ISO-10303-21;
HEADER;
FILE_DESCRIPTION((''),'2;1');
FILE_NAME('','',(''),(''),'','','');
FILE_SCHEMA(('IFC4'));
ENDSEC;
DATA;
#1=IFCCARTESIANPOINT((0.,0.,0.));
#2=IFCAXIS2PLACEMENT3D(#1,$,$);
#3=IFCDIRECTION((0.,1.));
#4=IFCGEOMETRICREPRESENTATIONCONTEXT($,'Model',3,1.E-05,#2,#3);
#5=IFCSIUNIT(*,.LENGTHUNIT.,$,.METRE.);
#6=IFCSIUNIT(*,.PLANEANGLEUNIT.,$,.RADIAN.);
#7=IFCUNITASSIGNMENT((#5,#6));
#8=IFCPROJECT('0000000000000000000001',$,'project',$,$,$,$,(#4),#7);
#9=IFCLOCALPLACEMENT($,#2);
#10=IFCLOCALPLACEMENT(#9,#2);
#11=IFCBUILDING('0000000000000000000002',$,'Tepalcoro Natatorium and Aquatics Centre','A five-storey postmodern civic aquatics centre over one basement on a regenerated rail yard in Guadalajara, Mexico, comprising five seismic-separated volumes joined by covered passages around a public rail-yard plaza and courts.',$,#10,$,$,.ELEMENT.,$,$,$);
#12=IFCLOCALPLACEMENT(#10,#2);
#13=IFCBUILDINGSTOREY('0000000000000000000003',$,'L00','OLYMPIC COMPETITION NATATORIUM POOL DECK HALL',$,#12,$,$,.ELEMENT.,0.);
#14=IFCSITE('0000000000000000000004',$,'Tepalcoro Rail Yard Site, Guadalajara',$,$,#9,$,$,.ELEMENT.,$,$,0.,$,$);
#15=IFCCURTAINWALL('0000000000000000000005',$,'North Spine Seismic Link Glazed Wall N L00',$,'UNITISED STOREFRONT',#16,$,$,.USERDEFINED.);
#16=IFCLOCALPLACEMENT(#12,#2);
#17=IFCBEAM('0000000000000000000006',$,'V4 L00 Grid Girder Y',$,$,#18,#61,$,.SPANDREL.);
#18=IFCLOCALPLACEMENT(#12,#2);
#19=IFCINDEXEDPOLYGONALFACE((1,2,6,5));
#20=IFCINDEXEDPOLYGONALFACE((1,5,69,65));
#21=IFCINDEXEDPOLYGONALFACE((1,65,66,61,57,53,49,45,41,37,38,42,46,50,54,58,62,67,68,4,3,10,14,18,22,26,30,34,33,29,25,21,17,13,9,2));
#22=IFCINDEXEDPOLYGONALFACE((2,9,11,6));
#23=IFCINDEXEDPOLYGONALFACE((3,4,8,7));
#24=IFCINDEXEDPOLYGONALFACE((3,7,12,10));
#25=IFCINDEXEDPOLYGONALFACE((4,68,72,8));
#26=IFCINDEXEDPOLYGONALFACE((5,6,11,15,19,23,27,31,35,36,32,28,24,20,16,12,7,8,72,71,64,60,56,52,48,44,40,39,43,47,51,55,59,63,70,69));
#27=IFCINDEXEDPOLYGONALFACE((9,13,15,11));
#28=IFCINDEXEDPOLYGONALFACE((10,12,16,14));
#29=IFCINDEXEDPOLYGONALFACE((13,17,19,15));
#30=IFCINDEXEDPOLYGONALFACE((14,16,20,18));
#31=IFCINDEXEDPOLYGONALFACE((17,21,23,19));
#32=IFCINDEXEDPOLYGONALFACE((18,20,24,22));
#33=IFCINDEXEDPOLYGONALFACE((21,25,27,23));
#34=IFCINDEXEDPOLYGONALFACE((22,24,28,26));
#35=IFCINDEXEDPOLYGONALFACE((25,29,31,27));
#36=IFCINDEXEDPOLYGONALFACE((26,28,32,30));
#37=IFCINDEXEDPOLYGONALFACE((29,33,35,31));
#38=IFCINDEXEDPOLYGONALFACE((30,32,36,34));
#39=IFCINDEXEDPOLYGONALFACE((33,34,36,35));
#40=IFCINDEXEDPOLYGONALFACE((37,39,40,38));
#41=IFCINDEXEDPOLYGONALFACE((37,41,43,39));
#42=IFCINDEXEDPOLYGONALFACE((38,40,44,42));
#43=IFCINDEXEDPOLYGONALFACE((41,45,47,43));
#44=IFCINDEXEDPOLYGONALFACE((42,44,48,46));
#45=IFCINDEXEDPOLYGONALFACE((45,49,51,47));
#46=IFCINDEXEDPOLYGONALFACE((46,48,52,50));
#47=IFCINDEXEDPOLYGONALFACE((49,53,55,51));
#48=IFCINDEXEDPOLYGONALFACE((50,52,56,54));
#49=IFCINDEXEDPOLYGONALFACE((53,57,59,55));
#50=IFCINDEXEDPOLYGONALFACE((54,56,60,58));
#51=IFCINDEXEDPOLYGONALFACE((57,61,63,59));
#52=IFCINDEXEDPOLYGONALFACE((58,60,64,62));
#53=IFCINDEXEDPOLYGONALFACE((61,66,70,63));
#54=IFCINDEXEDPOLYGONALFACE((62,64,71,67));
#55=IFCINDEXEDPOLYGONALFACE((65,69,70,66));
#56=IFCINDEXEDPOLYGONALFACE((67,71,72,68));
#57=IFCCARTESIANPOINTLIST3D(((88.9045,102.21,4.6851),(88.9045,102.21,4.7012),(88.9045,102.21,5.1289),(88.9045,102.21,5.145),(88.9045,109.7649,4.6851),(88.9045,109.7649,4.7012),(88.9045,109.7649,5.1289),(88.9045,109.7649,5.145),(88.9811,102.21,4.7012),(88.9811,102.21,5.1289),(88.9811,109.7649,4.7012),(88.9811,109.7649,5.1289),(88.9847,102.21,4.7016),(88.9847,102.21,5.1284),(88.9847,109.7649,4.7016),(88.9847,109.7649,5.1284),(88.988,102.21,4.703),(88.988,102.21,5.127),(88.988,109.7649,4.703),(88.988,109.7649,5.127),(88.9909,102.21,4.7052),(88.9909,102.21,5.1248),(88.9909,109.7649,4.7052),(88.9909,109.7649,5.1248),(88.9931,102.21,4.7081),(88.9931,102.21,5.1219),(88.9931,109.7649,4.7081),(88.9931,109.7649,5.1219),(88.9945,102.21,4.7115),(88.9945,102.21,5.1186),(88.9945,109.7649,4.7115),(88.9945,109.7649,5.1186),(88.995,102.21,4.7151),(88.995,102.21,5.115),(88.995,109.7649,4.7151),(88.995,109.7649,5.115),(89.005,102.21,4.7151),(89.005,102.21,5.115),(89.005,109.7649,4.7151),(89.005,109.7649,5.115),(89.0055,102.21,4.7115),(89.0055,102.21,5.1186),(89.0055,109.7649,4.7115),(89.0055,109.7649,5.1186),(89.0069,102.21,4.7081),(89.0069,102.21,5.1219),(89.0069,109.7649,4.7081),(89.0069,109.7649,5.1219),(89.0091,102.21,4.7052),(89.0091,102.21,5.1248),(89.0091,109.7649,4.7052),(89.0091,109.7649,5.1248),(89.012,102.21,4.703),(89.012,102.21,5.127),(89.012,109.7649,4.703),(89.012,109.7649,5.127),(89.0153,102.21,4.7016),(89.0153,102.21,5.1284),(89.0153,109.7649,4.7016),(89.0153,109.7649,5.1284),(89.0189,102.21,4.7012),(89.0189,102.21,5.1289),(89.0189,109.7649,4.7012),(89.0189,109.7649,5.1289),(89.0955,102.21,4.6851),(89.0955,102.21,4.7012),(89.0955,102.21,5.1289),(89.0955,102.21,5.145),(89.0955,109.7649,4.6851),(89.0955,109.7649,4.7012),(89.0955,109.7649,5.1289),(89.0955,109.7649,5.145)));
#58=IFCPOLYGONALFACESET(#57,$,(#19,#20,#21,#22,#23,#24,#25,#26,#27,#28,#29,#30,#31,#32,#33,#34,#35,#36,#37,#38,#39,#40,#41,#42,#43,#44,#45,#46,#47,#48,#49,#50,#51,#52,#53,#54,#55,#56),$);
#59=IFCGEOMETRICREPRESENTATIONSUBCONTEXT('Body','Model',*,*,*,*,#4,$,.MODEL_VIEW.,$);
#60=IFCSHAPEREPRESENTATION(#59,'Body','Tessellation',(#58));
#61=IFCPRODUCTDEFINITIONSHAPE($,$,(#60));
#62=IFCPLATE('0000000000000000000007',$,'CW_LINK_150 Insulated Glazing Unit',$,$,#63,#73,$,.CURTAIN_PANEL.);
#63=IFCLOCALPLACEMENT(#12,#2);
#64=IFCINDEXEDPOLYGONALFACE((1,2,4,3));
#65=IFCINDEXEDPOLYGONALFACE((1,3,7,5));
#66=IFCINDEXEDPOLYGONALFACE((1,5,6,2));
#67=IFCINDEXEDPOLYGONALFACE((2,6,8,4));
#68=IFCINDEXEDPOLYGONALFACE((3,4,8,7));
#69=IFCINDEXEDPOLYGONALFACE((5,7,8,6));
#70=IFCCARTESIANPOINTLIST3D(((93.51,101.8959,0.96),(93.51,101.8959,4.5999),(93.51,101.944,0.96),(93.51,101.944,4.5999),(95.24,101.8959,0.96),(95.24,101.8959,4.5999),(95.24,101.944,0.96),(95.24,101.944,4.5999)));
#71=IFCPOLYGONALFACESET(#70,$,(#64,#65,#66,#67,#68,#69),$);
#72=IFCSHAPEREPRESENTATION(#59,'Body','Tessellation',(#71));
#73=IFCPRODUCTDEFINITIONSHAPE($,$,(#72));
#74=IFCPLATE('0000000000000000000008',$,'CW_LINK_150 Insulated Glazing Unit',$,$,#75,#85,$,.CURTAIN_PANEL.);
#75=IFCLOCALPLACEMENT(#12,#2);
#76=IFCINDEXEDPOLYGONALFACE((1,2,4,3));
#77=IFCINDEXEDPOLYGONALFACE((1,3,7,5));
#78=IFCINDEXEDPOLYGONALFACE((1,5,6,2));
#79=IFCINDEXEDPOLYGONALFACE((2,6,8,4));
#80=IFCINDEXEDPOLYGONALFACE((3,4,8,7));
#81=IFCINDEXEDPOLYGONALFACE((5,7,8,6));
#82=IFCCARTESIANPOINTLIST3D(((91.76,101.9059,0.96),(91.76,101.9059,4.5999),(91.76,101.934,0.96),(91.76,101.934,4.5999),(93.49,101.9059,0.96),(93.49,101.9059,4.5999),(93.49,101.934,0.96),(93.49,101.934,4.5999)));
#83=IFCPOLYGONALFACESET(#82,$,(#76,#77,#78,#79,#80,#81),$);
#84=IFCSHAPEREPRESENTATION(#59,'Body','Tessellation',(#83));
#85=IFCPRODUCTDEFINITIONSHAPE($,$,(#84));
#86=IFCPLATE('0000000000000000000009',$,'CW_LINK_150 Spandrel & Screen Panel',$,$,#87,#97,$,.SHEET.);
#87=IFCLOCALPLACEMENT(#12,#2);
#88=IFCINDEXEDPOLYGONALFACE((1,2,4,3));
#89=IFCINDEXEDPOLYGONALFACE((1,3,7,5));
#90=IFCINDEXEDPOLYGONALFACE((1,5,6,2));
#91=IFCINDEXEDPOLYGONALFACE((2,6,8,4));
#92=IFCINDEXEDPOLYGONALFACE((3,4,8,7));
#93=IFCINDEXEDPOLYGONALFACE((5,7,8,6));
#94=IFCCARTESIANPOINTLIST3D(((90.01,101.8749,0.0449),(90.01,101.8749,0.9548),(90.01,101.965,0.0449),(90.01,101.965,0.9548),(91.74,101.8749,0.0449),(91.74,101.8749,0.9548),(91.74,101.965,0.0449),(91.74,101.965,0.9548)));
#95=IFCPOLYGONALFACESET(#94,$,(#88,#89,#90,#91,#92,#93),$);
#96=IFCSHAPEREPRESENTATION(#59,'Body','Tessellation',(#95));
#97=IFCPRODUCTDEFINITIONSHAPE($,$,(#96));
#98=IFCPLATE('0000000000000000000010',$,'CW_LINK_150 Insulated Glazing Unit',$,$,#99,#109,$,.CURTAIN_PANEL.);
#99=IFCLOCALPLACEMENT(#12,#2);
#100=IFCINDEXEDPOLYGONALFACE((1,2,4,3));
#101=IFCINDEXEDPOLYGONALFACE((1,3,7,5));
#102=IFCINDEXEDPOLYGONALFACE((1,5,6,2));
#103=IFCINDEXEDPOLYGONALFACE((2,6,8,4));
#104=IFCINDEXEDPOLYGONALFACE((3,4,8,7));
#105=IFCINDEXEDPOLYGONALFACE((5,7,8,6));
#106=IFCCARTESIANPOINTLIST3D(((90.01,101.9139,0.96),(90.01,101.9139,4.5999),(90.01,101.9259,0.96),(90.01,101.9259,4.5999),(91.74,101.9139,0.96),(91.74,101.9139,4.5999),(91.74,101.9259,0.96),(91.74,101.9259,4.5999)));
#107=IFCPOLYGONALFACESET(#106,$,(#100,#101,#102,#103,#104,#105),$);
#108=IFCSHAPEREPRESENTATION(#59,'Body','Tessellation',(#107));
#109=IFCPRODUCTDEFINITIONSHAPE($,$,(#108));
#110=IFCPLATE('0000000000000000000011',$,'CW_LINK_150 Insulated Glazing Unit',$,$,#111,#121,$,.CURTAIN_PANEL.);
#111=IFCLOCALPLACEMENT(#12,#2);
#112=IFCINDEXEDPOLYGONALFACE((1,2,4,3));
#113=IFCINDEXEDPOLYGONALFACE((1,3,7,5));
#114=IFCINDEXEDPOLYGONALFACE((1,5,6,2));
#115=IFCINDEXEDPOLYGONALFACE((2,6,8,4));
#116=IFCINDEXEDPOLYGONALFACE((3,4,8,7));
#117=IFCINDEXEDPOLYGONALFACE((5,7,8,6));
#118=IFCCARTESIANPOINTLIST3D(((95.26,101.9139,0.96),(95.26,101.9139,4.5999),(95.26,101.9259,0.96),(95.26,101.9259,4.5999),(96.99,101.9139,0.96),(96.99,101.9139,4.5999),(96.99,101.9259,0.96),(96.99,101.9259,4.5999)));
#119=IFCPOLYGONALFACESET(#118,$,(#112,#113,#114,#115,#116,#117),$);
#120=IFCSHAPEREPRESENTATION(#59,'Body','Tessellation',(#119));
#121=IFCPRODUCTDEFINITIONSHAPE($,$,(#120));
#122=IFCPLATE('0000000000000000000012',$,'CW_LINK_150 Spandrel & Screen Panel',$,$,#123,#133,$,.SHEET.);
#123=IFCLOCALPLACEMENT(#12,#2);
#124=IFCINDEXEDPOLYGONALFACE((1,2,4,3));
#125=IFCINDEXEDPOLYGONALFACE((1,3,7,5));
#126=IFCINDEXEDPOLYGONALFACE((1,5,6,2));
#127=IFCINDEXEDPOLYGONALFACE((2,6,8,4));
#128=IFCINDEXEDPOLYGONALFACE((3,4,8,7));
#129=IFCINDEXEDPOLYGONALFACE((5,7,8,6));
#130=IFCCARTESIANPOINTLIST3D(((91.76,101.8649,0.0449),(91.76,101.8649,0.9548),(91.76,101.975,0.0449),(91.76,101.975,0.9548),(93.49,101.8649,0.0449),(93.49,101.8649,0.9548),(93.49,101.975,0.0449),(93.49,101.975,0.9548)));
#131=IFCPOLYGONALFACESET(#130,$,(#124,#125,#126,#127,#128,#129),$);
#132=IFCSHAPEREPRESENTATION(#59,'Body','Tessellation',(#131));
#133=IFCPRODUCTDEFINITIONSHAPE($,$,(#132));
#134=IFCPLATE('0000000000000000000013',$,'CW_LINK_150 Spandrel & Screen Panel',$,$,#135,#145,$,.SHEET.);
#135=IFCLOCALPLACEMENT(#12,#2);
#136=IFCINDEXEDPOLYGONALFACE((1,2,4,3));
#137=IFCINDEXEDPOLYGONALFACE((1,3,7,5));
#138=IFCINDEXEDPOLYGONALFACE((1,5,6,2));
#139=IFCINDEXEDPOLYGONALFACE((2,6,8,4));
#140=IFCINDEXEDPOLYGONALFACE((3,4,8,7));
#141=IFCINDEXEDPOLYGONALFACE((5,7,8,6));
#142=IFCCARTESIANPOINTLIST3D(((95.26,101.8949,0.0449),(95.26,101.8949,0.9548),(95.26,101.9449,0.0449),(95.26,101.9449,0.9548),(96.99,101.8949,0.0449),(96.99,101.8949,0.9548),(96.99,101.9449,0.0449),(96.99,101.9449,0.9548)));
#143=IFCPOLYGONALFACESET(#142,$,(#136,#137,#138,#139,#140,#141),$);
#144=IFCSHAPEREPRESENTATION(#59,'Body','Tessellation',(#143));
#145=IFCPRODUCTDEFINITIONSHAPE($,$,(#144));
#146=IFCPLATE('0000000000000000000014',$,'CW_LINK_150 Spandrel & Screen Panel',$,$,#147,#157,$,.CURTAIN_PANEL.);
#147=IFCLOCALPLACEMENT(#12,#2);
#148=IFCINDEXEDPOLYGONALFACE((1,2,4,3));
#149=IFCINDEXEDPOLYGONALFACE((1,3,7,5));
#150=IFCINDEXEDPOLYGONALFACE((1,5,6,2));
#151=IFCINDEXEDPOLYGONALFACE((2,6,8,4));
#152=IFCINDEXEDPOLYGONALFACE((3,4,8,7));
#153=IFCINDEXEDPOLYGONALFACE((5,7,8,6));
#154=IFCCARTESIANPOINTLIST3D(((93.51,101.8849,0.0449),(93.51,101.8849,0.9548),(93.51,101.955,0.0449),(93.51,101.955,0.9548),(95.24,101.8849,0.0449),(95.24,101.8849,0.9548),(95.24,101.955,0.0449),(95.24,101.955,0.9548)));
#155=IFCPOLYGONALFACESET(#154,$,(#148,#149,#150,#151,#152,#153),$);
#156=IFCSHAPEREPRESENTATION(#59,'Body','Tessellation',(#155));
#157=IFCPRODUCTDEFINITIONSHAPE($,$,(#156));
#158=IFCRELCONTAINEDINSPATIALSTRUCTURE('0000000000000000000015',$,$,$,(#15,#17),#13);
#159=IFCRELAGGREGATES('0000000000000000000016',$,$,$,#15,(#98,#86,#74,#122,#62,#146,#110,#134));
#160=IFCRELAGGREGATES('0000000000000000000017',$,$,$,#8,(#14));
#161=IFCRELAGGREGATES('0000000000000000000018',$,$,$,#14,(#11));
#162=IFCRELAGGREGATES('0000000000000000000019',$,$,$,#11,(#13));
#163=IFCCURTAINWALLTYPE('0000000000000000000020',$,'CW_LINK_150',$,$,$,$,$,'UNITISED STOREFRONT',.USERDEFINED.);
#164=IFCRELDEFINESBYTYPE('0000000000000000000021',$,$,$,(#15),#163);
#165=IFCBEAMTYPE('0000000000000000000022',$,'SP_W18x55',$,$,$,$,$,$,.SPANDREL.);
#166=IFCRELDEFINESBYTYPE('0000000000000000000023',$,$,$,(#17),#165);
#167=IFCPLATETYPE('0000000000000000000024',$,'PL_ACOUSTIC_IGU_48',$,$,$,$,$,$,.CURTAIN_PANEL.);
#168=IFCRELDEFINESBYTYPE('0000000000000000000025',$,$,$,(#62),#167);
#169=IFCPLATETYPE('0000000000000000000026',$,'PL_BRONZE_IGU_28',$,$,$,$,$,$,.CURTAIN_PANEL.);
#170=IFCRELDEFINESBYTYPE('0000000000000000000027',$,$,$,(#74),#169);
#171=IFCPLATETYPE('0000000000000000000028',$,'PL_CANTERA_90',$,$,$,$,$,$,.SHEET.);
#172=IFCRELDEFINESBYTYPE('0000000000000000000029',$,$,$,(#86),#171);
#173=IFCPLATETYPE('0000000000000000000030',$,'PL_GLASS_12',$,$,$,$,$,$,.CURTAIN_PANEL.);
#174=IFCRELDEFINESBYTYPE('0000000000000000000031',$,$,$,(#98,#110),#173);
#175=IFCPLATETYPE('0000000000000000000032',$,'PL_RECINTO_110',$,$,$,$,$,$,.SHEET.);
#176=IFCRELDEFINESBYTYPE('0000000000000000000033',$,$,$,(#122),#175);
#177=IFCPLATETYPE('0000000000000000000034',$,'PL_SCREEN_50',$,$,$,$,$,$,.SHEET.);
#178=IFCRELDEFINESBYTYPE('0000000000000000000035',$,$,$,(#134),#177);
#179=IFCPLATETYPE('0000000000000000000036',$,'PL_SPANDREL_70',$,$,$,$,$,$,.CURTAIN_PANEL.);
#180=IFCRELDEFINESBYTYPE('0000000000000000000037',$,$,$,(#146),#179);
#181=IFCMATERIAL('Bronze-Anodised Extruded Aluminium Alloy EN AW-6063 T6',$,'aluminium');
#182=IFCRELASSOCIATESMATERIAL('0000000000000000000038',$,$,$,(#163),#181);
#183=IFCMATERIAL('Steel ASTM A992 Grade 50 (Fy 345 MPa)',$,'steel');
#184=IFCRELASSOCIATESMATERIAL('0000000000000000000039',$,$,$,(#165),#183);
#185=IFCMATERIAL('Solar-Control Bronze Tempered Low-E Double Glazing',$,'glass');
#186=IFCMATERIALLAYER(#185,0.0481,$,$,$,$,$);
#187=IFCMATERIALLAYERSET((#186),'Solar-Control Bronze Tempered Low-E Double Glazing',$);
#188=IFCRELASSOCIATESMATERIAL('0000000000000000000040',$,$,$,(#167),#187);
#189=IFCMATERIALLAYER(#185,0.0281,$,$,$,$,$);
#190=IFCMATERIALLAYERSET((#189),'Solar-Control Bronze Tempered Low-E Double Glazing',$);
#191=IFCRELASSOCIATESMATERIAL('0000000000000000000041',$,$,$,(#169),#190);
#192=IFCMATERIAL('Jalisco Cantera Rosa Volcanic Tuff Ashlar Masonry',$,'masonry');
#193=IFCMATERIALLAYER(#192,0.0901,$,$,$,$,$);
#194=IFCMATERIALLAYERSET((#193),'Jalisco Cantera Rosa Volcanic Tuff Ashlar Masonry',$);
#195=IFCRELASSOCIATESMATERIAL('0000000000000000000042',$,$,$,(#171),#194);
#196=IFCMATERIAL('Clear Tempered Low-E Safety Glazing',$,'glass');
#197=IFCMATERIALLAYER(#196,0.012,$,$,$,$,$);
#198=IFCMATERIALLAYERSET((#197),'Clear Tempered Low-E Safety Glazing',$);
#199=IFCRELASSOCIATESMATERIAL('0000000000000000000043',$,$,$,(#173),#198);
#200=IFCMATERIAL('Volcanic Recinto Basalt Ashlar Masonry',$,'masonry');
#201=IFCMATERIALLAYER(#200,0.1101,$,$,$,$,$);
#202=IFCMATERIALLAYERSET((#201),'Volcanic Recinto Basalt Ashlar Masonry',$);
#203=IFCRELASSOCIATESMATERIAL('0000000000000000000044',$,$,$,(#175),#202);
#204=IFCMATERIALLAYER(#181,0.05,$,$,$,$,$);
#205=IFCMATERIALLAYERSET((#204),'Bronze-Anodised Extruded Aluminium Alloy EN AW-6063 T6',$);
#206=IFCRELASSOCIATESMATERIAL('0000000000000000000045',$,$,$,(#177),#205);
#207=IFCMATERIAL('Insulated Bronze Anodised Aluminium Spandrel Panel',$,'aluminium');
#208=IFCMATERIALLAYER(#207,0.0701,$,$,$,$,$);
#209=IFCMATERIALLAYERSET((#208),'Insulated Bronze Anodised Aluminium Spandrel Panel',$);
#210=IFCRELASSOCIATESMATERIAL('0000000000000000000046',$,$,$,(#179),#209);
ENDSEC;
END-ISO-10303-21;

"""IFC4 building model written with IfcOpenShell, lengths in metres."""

from ifc_helpers import new_model, si_unit, direction, frame, origin, origin_2d, place, context, subcontext, project, spatial, rectangle, i_section, extrude, material, layer, layer_set, material_profile, profile_set, type_object, element, aggregate, save


model = new_model("IFC4")

# Units and contexts
model_context = context("Model", 3, precision=1e-05, world=origin(), true_north=direction((0.0, 1.0)))
body_context = subcontext(model_context, "Body", "Model", "MODEL_VIEW")
ifc_project = project(units=[si_unit("LENGTHUNIT", "METRE"), si_unit("PLANEANGLEUNIT", "RADIAN")], contexts=[model_context])

# Site, building, storey
site_placement = place(None, origin())
site = spatial("IfcSite", under=ifc_project, at=site_placement, Name="Tepalcoro Rail Yard Site, Guadalajara", CompositionType="ELEMENT", RefElevation=0.0)
building_placement = place(site_placement, origin())
building = spatial("IfcBuilding", under=site, at=building_placement, Name="Tepalcoro Natatorium and Aquatics Centre", Description="A five-storey postmodern civic aquatics centre over one basement on a regenerated rail yard in Guadalajara, Mexico, comprising five seismic-separated volumes joined by covered passages around a public rail-yard plaza and courts.", CompositionType="ELEMENT")
storey_placement = place(building_placement, origin())
storey = spatial("IfcBuildingStorey", under=building, at=storey_placement, Name="L00", Description="OLYMPIC COMPETITION NATATORIUM POOL DECK HALL", CompositionType="ELEMENT", Elevation=0.0)

# Shared definitions
ifc_material_1 = material(Name="Steel ASTM A992 Grade 50 (Fy 345 MPa)", Category="steel")

# Shared definitions
ifc_material_2 = material(Name="Bronze-Anodised Extruded Aluminium Alloy EN AW-6063 T6", Category="aluminium")

# Curtain wall
curtain_wall_type_1 = type_object("IfcCurtainWallType", Name="CW_LINK_150", ElementType="UNITISED STOREFRONT", PredefinedType="USERDEFINED", material=ifc_material_2)
curtain_wall_1_placement = place(storey_placement, origin())
curtain_wall_1 = element("IfcCurtainWall", 1, at=curtain_wall_1_placement, inside=storey, type_object=curtain_wall_type_1, Name="North Spine Seismic Link Glazed Wall N L00", ObjectType="UNITISED STOREFRONT", PredefinedType="USERDEFINED")

# Beam
ifc_material_profile_1 = material_profile(ifc_material_1, i_section(OverallWidth=0.1909, OverallDepth=0.46, WebThickness=0.01, FlangeThickness=0.0161, FilletRadius=0.0139, at=origin_2d()), Name="W18X55")
ifc_profile_set_1 = profile_set([ifc_material_profile_1], Name="Steel ASTM A992 Grade 50 (Fy 345 MPa)")
beam_type_1 = type_object("IfcBeamType", Name="SP_W18x55", PredefinedType="SPANDREL", material=ifc_profile_set_1)
beam_1_placement = place(storey_placement, frame((89.0, 102.21, 4.915), z_axis=(0.0, 1.0, 0.0), x_axis=(-1.0, 0.0, 0.0)))
element("IfcBeam", 2, at=beam_1_placement, inside=storey, type_object=beam_type_1, Name="V4 L00 Grid Girder Y", PredefinedType="SPANDREL", context=body_context, shape_type="SweptSolid", body=[
    extrude(i_section(OverallWidth=0.1909, OverallDepth=0.46, WebThickness=0.01, FlangeThickness=0.0161, FilletRadius=0.0139, at=origin_2d()), origin(), (0.0, 0.0, 1.0), 7.5549),
])

# Plates
ifc_material_3 = material(Name="Solar-Control Bronze Tempered Low-E Double Glazing", Category="glass")
ifc_layer_1 = layer(ifc_material_3, 0.0481)
ifc_layer_set_1 = layer_set([ifc_layer_1], Name="Solar-Control Bronze Tempered Low-E Double Glazing")
plate_type_1 = type_object("IfcPlateType", Name="PL_ACOUSTIC_IGU_48", PredefinedType="CURTAIN_PANEL", material=ifc_layer_set_1)
plate_1_placement = place(storey_placement, frame((94.375, 101.9199, 0.96), z_axis=(0.0, 0.0, 1.0), x_axis=(1.0, 0.0, 0.0)))
plate_1 = element("IfcPlate", 3, at=plate_1_placement, type_object=plate_type_1, Name="CW_LINK_150 Insulated Glazing Unit", PredefinedType="CURTAIN_PANEL", context=body_context, shape_type="SweptSolid", body=[
    extrude(rectangle(XDim=1.73, YDim=0.0481, at=origin_2d()), origin(), (0.0, 0.0, 1.0), 3.6399),
])
ifc_layer_2 = layer(ifc_material_3, 0.0281)
ifc_layer_set_2 = layer_set([ifc_layer_2], Name="Solar-Control Bronze Tempered Low-E Double Glazing")
plate_type_2 = type_object("IfcPlateType", Name="PL_BRONZE_IGU_28", PredefinedType="CURTAIN_PANEL", material=ifc_layer_set_2)
plate_2_placement = place(storey_placement, frame((92.625, 101.9199, 0.96), z_axis=(0.0, 0.0, 1.0), x_axis=(1.0, 0.0, 0.0)))
plate_2 = element("IfcPlate", 4, at=plate_2_placement, type_object=plate_type_2, Name="CW_LINK_150 Insulated Glazing Unit", PredefinedType="CURTAIN_PANEL", context=body_context, shape_type="SweptSolid", body=[
    extrude(rectangle(XDim=1.73, YDim=0.0281, at=origin_2d()), origin(), (0.0, 0.0, 1.0), 3.6399),
])
ifc_material_4 = material(Name="Jalisco Cantera Rosa Volcanic Tuff Ashlar Masonry", Category="masonry")
ifc_layer_3 = layer(ifc_material_4, 0.0901)
ifc_layer_set_3 = layer_set([ifc_layer_3], Name="Jalisco Cantera Rosa Volcanic Tuff Ashlar Masonry")
plate_type_3 = type_object("IfcPlateType", Name="PL_CANTERA_90", PredefinedType="SHEET", material=ifc_layer_set_3)
plate_3_placement = place(storey_placement, frame((90.875, 101.9199, 0.0449), z_axis=(0.0, 0.0, 1.0), x_axis=(1.0, 0.0, 0.0)))
plate_3 = element("IfcPlate", 5, at=plate_3_placement, type_object=plate_type_3, Name="CW_LINK_150 Spandrel & Screen Panel", PredefinedType="SHEET", context=body_context, shape_type="SweptSolid", body=[
    extrude(rectangle(XDim=1.73, YDim=0.0901, at=origin_2d()), origin(), (0.0, 0.0, 1.0), 0.9099),
])
ifc_material_5 = material(Name="Clear Tempered Low-E Safety Glazing", Category="glass")
ifc_layer_4 = layer(ifc_material_5, 0.012)
ifc_layer_set_4 = layer_set([ifc_layer_4], Name="Clear Tempered Low-E Safety Glazing")
plate_type_4 = type_object("IfcPlateType", Name="PL_GLASS_12", PredefinedType="CURTAIN_PANEL", material=ifc_layer_set_4)
plate_4_placement = place(storey_placement, frame((90.875, 101.9199, 0.96), z_axis=(0.0, 0.0, 1.0), x_axis=(1.0, 0.0, 0.0)))
plate_4 = element("IfcPlate", 6, at=plate_4_placement, type_object=plate_type_4, Name="CW_LINK_150 Insulated Glazing Unit", PredefinedType="CURTAIN_PANEL", context=body_context, shape_type="SweptSolid", body=[
    extrude(rectangle(XDim=1.73, YDim=0.012, at=origin_2d()), origin(), (0.0, 0.0, 1.0), 3.6399),
])
plate_5_placement = place(storey_placement, frame((96.125, 101.9199, 0.96), z_axis=(0.0, 0.0, 1.0), x_axis=(1.0, 0.0, 0.0)))
plate_5 = element("IfcPlate", 7, at=plate_5_placement, type_object=plate_type_4, Name="CW_LINK_150 Insulated Glazing Unit", PredefinedType="CURTAIN_PANEL", context=body_context, shape_type="SweptSolid", body=[
    extrude(rectangle(XDim=1.73, YDim=0.012, at=origin_2d()), origin(), (0.0, 0.0, 1.0), 3.6399),
])
ifc_material_6 = material(Name="Volcanic Recinto Basalt Ashlar Masonry", Category="masonry")
ifc_layer_5 = layer(ifc_material_6, 0.1101)
ifc_layer_set_5 = layer_set([ifc_layer_5], Name="Volcanic Recinto Basalt Ashlar Masonry")
plate_type_5 = type_object("IfcPlateType", Name="PL_RECINTO_110", PredefinedType="SHEET", material=ifc_layer_set_5)
plate_6_placement = place(storey_placement, frame((92.625, 101.9199, 0.0449), z_axis=(0.0, 0.0, 1.0), x_axis=(1.0, 0.0, 0.0)))
plate_6 = element("IfcPlate", 8, at=plate_6_placement, type_object=plate_type_5, Name="CW_LINK_150 Spandrel & Screen Panel", PredefinedType="SHEET", context=body_context, shape_type="SweptSolid", body=[
    extrude(rectangle(XDim=1.73, YDim=0.1101, at=origin_2d()), origin(), (0.0, 0.0, 1.0), 0.9099),
])
ifc_layer_6 = layer(ifc_material_2, 0.05)
ifc_layer_set_6 = layer_set([ifc_layer_6], Name="Bronze-Anodised Extruded Aluminium Alloy EN AW-6063 T6")
plate_type_6 = type_object("IfcPlateType", Name="PL_SCREEN_50", PredefinedType="SHEET", material=ifc_layer_set_6)
plate_7_placement = place(storey_placement, frame((96.125, 101.9199, 0.0449), z_axis=(0.0, 0.0, 1.0), x_axis=(1.0, 0.0, 0.0)))
plate_7 = element("IfcPlate", 9, at=plate_7_placement, type_object=plate_type_6, Name="CW_LINK_150 Spandrel & Screen Panel", PredefinedType="SHEET", context=body_context, shape_type="SweptSolid", body=[
    extrude(rectangle(XDim=1.73, YDim=0.05, at=origin_2d()), origin(), (0.0, 0.0, 1.0), 0.9099),
])
ifc_material_7 = material(Name="Insulated Bronze Anodised Aluminium Spandrel Panel", Category="aluminium")
ifc_layer_7 = layer(ifc_material_7, 0.0701)
ifc_layer_set_7 = layer_set([ifc_layer_7], Name="Insulated Bronze Anodised Aluminium Spandrel Panel")
plate_type_7 = type_object("IfcPlateType", Name="PL_SPANDREL_70", PredefinedType="CURTAIN_PANEL", material=ifc_layer_set_7)
plate_8_placement = place(storey_placement, frame((94.375, 101.9199, 0.0449), z_axis=(0.0, 0.0, 1.0), x_axis=(1.0, 0.0, 0.0)))
plate_8 = element("IfcPlate", 10, at=plate_8_placement, type_object=plate_type_7, Name="CW_LINK_150 Spandrel & Screen Panel", PredefinedType="CURTAIN_PANEL", context=body_context, shape_type="SweptSolid", body=[
    extrude(rectangle(XDim=1.73, YDim=0.0701, at=origin_2d()), origin(), (0.0, 0.0, 1.0), 0.9099),
])
aggregate(curtain_wall_1, [plate_4, plate_3, plate_2, plate_6, plate_1, plate_8, plate_5, plate_7])

save(model, "model.ifc")
